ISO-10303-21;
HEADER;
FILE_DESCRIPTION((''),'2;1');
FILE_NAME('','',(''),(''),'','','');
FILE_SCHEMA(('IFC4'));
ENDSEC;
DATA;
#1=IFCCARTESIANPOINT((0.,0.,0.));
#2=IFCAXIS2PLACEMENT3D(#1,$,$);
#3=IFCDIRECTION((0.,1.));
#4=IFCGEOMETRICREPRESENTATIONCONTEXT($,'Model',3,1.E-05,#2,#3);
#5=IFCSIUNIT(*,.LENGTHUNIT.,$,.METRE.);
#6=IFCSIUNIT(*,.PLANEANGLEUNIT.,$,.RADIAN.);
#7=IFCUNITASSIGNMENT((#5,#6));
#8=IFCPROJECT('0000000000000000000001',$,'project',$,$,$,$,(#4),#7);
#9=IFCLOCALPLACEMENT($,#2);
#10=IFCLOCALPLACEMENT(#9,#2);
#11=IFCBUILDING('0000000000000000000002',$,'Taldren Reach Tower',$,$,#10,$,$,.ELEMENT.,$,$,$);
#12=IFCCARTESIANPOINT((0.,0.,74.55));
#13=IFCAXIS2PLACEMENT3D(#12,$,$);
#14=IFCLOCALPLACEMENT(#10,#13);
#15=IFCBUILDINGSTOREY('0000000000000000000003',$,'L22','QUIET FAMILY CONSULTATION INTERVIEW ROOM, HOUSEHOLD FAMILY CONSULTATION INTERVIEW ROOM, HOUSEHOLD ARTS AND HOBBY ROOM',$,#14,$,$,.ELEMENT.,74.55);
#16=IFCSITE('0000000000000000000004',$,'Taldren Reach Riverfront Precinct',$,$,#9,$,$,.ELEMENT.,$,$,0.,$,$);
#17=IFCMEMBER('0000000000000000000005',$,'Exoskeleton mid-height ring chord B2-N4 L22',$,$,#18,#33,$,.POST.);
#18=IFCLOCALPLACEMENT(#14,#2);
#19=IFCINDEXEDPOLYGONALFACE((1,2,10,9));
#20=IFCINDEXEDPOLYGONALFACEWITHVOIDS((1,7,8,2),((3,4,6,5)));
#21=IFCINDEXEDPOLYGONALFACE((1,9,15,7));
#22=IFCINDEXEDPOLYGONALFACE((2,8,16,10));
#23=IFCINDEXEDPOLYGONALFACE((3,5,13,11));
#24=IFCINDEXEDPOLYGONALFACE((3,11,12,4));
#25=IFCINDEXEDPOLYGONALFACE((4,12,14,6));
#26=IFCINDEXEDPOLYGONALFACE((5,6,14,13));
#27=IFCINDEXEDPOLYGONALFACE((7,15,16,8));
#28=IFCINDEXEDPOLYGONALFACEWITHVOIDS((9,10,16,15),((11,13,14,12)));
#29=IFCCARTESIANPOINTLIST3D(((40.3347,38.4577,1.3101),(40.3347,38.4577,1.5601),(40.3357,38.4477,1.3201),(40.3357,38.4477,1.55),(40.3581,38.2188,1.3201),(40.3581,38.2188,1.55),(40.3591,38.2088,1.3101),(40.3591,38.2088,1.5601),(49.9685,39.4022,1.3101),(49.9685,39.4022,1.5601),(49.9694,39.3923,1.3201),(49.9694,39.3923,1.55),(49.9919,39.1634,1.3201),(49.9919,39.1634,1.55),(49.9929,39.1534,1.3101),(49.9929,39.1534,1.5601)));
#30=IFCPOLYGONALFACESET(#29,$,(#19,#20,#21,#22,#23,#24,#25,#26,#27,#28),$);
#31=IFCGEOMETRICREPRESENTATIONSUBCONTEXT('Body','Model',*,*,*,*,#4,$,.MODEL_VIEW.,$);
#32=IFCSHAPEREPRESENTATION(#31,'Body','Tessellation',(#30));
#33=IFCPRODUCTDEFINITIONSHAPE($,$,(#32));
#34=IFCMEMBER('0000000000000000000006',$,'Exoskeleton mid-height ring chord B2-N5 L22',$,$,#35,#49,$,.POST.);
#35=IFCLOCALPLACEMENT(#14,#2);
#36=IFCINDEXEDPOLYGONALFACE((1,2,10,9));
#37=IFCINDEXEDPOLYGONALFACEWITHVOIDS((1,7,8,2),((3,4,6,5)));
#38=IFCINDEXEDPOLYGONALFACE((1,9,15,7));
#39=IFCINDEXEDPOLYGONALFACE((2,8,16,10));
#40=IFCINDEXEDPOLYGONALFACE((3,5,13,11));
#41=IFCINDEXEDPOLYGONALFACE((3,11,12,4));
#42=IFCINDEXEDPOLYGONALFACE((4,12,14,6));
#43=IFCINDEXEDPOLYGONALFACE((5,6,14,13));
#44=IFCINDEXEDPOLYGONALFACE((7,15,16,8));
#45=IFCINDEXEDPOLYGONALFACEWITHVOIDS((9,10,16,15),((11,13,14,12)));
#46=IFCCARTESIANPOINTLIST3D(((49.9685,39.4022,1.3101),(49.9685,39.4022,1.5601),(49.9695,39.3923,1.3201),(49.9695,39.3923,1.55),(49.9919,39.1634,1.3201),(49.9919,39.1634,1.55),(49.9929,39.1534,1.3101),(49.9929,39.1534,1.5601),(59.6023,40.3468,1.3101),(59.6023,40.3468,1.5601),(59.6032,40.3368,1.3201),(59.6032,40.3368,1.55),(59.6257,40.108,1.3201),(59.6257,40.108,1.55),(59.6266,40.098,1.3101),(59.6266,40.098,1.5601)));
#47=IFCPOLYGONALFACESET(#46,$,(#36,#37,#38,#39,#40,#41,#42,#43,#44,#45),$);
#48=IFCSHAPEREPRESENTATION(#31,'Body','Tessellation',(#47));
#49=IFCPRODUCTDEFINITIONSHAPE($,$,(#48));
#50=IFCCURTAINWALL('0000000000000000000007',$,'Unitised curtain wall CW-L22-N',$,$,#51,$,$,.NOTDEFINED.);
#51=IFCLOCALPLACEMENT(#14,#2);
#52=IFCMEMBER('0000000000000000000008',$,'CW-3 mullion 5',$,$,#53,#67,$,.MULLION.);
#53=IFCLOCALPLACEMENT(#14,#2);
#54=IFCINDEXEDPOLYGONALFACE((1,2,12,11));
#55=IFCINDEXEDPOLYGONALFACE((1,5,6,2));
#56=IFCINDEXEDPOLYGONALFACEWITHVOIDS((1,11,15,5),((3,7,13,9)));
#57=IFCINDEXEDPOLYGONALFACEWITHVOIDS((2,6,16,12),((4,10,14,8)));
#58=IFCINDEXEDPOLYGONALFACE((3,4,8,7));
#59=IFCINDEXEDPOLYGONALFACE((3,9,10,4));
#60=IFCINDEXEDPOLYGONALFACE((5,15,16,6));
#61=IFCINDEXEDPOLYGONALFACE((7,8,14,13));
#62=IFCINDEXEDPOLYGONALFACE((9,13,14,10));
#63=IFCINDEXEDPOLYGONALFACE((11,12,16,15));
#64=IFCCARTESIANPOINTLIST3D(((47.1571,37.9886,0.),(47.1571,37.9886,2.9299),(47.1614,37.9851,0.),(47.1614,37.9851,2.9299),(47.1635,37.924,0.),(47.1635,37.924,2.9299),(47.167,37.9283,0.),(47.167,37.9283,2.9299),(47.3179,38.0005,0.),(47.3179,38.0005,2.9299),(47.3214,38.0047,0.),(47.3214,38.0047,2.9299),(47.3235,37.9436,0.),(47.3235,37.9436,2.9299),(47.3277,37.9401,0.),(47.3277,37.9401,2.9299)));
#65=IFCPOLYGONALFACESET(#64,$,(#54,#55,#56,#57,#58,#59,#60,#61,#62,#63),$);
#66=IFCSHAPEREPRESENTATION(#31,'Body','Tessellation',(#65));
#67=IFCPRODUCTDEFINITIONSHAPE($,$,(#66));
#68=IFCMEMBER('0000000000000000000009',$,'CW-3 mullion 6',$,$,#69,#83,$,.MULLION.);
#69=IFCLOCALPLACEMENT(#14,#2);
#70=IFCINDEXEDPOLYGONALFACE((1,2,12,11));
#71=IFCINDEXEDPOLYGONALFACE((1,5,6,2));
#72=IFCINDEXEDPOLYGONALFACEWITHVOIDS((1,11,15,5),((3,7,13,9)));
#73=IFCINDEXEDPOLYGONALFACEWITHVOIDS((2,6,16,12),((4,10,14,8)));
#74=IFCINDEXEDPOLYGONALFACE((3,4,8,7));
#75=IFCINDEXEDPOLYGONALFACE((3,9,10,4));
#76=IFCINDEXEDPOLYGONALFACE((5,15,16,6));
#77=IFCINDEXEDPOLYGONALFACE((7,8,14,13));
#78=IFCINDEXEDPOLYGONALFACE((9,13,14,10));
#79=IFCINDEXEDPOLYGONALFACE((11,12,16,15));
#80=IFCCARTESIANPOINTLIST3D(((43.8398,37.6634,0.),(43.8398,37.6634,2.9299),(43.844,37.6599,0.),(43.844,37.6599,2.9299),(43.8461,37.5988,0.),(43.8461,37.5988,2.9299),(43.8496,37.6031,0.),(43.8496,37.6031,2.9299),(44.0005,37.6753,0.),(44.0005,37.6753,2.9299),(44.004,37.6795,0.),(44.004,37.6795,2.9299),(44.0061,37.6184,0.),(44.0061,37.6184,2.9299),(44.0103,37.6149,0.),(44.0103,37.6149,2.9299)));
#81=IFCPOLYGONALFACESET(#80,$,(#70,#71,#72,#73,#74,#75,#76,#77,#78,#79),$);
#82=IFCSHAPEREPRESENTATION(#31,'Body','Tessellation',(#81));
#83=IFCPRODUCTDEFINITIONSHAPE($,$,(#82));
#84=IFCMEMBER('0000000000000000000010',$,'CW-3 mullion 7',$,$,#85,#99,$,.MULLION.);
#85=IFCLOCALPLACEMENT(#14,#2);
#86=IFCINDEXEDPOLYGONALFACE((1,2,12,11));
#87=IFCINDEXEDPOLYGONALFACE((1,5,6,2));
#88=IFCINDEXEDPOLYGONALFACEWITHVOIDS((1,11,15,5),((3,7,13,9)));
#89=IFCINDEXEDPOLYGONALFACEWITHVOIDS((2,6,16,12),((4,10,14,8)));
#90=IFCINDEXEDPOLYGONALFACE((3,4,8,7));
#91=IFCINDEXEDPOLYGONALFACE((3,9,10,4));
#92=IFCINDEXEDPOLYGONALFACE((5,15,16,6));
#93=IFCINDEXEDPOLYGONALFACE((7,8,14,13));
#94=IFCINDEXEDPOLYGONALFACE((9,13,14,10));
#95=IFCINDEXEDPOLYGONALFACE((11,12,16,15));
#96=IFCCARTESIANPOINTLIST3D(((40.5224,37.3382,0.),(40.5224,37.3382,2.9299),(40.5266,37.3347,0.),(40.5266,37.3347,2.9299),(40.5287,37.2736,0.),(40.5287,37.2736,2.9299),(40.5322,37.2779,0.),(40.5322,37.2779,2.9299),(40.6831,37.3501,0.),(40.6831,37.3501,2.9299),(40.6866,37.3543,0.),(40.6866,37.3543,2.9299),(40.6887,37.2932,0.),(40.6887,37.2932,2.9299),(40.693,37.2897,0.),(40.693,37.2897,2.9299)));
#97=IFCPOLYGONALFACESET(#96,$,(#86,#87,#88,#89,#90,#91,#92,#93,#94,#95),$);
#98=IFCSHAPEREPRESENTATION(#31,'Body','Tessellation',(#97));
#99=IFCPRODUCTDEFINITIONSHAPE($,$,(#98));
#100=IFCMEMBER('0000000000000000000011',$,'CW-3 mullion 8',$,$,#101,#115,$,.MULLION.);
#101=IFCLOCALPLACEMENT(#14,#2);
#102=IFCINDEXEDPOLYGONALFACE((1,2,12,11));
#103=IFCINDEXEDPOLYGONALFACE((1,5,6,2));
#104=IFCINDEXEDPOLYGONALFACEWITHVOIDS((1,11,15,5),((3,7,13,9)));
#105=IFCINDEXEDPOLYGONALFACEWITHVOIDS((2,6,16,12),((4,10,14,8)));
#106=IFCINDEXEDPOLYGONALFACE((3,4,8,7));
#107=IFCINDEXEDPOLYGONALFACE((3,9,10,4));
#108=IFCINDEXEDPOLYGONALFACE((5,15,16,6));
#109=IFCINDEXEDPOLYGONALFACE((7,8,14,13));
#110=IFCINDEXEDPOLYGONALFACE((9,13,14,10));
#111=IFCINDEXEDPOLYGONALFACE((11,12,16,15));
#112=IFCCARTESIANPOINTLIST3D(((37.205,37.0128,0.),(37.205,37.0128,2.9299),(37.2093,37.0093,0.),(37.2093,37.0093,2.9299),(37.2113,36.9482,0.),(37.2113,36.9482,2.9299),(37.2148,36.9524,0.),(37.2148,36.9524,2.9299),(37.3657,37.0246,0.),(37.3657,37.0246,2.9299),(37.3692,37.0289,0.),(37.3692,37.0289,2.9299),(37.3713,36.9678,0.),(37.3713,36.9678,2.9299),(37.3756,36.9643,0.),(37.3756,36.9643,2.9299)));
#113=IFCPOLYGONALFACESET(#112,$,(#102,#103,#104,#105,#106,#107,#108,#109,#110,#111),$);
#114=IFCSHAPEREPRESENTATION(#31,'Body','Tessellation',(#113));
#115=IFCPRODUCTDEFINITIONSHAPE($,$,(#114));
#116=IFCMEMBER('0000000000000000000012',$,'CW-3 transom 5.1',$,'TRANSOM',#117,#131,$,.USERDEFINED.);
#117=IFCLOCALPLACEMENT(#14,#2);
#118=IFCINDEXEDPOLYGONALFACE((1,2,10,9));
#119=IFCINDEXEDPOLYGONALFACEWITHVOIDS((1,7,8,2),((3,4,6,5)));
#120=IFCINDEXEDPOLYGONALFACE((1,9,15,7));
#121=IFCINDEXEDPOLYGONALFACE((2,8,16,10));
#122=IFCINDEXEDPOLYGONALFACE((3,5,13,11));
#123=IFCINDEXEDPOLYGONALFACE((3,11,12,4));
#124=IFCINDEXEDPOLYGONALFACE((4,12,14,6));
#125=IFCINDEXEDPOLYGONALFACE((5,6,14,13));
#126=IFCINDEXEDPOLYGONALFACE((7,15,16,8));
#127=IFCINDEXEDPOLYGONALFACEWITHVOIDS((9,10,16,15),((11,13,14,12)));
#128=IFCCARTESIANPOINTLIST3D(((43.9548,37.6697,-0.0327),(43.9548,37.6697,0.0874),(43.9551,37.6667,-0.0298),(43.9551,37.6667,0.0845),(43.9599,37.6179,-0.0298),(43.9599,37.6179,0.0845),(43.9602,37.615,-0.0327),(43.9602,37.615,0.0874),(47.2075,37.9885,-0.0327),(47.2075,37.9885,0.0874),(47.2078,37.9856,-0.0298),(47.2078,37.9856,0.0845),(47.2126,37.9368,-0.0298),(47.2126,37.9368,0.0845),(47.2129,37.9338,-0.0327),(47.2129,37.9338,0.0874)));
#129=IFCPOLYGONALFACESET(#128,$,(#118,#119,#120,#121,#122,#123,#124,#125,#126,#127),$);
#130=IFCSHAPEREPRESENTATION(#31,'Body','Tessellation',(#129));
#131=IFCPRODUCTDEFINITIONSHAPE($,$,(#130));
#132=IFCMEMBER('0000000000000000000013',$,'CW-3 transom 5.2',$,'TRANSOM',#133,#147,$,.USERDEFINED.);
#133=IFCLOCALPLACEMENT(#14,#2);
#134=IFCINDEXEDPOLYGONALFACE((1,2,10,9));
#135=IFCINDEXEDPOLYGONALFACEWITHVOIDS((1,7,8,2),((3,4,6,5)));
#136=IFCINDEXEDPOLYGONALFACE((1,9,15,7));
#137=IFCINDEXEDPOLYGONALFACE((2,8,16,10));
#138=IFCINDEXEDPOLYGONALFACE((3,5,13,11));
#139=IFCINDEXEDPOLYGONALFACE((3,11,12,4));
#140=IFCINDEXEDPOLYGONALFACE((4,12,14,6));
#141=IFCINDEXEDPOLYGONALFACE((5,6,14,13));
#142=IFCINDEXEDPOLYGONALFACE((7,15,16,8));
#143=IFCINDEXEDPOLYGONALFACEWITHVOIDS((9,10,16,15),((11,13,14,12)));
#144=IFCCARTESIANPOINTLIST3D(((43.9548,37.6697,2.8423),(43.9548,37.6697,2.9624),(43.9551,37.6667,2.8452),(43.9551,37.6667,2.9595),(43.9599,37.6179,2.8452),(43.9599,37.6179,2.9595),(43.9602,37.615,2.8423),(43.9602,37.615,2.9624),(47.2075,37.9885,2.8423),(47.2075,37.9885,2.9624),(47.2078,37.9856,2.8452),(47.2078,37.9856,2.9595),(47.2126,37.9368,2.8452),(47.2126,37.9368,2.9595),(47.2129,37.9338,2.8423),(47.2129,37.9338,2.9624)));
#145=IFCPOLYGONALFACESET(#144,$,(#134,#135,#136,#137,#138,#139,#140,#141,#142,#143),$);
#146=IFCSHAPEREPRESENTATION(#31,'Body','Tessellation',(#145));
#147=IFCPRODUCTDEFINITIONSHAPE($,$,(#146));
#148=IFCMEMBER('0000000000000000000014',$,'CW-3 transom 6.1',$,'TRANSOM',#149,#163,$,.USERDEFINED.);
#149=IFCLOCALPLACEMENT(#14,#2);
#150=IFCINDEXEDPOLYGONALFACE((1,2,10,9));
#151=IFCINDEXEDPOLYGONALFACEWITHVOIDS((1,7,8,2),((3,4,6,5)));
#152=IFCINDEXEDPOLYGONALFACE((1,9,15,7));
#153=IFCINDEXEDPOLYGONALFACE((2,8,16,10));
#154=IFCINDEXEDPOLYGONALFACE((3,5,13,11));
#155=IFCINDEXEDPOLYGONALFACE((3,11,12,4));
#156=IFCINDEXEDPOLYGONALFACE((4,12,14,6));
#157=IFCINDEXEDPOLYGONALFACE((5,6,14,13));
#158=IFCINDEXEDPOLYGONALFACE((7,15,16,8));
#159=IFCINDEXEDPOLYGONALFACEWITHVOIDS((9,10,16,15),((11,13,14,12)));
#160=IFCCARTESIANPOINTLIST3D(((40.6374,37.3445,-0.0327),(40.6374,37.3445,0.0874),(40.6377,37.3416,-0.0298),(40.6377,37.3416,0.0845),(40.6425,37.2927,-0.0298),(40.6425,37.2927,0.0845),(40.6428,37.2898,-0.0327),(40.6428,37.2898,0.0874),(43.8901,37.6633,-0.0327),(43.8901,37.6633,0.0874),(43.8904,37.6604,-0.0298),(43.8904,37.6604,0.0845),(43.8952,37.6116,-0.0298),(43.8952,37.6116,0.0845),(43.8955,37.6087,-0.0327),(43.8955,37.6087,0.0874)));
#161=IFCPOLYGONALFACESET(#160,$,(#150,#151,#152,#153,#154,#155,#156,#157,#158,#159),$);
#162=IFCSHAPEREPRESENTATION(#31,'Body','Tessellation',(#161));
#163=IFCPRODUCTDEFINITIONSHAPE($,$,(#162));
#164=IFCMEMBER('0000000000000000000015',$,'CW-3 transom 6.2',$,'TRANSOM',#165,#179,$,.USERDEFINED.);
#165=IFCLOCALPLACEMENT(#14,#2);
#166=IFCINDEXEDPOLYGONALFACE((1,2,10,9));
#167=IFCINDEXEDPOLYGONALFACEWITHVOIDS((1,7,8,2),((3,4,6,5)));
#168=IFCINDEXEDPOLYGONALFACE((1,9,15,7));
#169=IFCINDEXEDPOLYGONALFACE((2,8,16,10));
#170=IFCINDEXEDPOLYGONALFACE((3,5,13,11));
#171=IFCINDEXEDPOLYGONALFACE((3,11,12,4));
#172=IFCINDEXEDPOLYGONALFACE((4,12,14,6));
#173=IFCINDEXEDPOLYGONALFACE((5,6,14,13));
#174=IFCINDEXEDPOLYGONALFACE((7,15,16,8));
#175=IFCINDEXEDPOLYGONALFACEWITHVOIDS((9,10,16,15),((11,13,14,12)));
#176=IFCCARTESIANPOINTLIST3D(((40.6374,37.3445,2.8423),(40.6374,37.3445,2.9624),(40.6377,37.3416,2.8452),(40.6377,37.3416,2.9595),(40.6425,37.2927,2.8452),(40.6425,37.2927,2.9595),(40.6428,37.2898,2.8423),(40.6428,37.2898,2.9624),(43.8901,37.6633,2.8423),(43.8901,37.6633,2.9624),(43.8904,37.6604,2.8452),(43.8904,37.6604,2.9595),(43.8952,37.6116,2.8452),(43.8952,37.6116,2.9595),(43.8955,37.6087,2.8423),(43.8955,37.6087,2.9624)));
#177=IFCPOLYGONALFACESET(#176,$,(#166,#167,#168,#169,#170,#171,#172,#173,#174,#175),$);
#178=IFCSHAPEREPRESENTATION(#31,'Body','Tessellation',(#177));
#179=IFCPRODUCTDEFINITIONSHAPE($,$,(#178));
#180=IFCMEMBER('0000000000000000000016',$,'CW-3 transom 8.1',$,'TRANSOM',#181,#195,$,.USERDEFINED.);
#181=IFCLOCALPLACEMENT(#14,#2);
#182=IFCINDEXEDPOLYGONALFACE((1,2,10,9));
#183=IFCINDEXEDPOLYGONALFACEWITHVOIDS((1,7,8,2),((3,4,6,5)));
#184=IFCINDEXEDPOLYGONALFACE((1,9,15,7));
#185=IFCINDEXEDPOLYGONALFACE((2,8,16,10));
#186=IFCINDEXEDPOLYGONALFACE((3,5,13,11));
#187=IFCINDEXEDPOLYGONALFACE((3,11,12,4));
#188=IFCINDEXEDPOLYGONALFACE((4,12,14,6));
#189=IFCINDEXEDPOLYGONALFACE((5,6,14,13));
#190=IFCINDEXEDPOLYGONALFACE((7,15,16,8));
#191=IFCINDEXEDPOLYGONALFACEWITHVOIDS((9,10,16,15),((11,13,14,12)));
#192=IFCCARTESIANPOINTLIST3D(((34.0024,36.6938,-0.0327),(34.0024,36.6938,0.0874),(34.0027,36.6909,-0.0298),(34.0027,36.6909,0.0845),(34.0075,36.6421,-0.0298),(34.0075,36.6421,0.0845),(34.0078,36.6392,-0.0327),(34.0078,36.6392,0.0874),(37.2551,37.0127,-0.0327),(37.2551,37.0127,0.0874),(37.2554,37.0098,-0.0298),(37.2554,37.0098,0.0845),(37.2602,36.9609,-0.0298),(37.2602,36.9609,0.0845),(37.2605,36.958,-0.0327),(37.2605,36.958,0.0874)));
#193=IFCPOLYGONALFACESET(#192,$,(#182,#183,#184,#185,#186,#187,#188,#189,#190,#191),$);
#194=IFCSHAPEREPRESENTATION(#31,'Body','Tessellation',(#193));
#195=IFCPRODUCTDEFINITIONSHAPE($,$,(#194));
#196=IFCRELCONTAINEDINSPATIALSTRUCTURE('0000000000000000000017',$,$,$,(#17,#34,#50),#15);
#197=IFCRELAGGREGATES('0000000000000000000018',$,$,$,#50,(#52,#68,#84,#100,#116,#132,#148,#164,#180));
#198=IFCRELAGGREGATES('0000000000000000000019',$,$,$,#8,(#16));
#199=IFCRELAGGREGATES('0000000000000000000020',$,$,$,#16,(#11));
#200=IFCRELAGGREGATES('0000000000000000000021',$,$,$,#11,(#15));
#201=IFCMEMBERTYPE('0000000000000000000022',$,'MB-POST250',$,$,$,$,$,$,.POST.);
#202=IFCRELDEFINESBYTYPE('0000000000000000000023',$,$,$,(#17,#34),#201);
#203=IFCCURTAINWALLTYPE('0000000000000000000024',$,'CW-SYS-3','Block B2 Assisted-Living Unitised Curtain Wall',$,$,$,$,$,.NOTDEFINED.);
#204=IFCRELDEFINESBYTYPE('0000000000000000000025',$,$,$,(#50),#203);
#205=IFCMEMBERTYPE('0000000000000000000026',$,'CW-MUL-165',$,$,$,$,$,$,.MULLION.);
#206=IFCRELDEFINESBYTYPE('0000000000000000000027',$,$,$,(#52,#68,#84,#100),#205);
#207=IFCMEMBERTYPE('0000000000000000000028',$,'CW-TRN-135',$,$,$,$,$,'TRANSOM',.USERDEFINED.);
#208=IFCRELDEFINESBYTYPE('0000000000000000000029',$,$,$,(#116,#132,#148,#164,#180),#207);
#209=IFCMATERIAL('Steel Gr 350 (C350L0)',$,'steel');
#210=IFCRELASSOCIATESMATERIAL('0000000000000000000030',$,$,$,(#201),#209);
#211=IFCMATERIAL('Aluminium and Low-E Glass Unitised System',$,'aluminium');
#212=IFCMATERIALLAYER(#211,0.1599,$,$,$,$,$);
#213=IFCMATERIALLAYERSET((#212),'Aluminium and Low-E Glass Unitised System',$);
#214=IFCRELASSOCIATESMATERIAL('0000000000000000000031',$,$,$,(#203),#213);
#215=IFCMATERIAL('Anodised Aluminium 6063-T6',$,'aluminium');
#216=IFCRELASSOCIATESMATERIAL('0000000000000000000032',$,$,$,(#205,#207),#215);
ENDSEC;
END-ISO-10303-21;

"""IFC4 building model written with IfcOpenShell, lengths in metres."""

from ifc_helpers import new_model, si_unit, direction, frame, origin, origin_2d, place, context, subcontext, project, spatial, hollow_rectangle, extrude, source, transform, mapped, material, layer, layer_set, material_profile, profile_set, type_object, element, aggregate, save


model = new_model("IFC4")

# Units and contexts
model_context = context("Model", 3, precision=1e-05, world=origin(), true_north=direction((0.0, 1.0)))
body_context = subcontext(model_context, "Body", "Model", "MODEL_VIEW")
ifc_project = project(units=[si_unit("LENGTHUNIT", "METRE"), si_unit("PLANEANGLEUNIT", "RADIAN")], contexts=[model_context])

# Site, building, storey
site_placement = place(None, origin())
site = spatial("IfcSite", under=ifc_project, at=site_placement, Name="Taldren Reach Riverfront Precinct", CompositionType="ELEMENT", RefElevation=0.0)
building_placement = place(site_placement, origin())
building = spatial("IfcBuilding", under=site, at=building_placement, Name="Taldren Reach Tower", CompositionType="ELEMENT")
storey_placement = place(building_placement, frame((0.0, 0.0, 74.55)))
storey = spatial("IfcBuildingStorey", under=building, at=storey_placement, Name="L22", Description="QUIET FAMILY CONSULTATION INTERVIEW ROOM, HOUSEHOLD FAMILY CONSULTATION INTERVIEW ROOM, HOUSEHOLD ARTS AND HOBBY ROOM", CompositionType="ELEMENT", Elevation=74.55)

# Shared definitions
ifc_material_1 = material(Name="Steel Gr 350 (C350L0)", Category="steel")
ifc_material_profile_1 = material_profile(ifc_material_1, hollow_rectangle(XDim=0.25, YDim=0.25, WallThickness=0.01, at=origin_2d()), Name="250x250x10.0SHS")
ifc_profile_set_1 = profile_set([ifc_material_profile_1], Name="Steel Gr 350 (C350L0)")
member_type_1 = type_object("IfcMemberType", Name="MB-POST250", PredefinedType="POST", material=ifc_profile_set_1)

# Members
shared_shape_1 = source(origin(), body_context, "Body", "SweptSolid", [
    extrude(hollow_rectangle(XDim=0.25, YDim=0.25, WallThickness=0.01, at=origin_2d()), origin(), (0.0, 0.0, 1.0), 9.6799),
])
for number, where, z_axis, x_axis, name in (
    (1, (40.3469, 38.3333, 1.4351), (0.995228, 0.097581, 0.0), (-0.097581, 0.995228, 0.0), "Exoskeleton mid-height ring chord B2-N4 L22"),
    (2, (49.9807, 39.2778, 1.4351), (0.995228, 0.097581, 0.0), (-0.097581, 0.995228, 0.0), "Exoskeleton mid-height ring chord B2-N5 L22"),
):
    element("IfcMember", number, at=place(storey_placement, frame(where, z_axis=z_axis, x_axis=x_axis)), inside=storey, type_object=member_type_1, Name=name, PredefinedType="POST", context=body_context, shape_type="MappedRepresentation", body=[
        mapped(shared_shape_1, transform((0.0, 0.0, 0.0), scale=1.0)),
    ])

# Curtain wall, members
ifc_material_2 = material(Name="Aluminium and Low-E Glass Unitised System", Category="aluminium")
ifc_layer_1 = layer(ifc_material_2, 0.1599)
ifc_layer_set_1 = layer_set([ifc_layer_1], Name="Aluminium and Low-E Glass Unitised System")
curtain_wall_type = type_object("IfcCurtainWallType", Name="CW-SYS-3", Description="Block B2 Assisted-Living Unitised Curtain Wall", PredefinedType="NOTDEFINED", material=ifc_layer_set_1)
curtain_wall_placement = place(storey_placement, origin())
curtain_wall = element("IfcCurtainWall", 3, at=curtain_wall_placement, inside=storey, type_object=curtain_wall_type, Name="Unitised curtain wall CW-L22-N", PredefinedType="NOTDEFINED")
ifc_material_3 = material(Name="Anodised Aluminium 6063-T6", Category="aluminium")
ifc_material_profile_2 = material_profile(ifc_material_3, hollow_rectangle(XDim=0.0649, YDim=0.165, WallThickness=0.0039, at=origin_2d()), Name="ALU-165x65x4RHS")
ifc_profile_set_2 = profile_set([ifc_material_profile_2], Name="Anodised Aluminium 6063-T6")
member_type_2 = type_object("IfcMemberType", Name="CW-MUL-165", PredefinedType="MULLION", material=ifc_profile_set_2)
shared_shape_2 = source(origin(), body_context, "Body", "SweptSolid", [
    extrude(hollow_rectangle(XDim=0.0649, YDim=0.165, WallThickness=0.0039, at=origin_2d()), origin(), (0.0, 0.0, 1.0), 2.9299),
])
member_1_placement = place(storey_placement, frame((47.2424, 37.9644, 0.0), z_axis=(0.0, 0.0, 1.0), x_axis=(0.097583, -0.995227, 0.0)))
member_1 = element("IfcMember", 4, at=member_1_placement, type_object=member_type_2, Name="CW-3 mullion 5", PredefinedType="MULLION", context=body_context, shape_type="MappedRepresentation", body=[
    mapped(shared_shape_2, transform((0.0, 0.0, 0.0), scale=1.0)),
])
member_2_placement = place(storey_placement, frame((43.925, 37.6392, 0.0), z_axis=(0.0, 0.0, 1.0), x_axis=(0.097583, -0.995227, 0.0)))
member_2 = element("IfcMember", 5, at=member_2_placement, type_object=member_type_2, Name="CW-3 mullion 6", PredefinedType="MULLION", context=body_context, shape_type="MappedRepresentation", body=[
    mapped(shared_shape_2, transform((0.0, 0.0, 0.0), scale=1.0)),
])
member_3_placement = place(storey_placement, frame((40.6077, 37.314, 0.0), z_axis=(0.0, 0.0, 1.0), x_axis=(0.097583, -0.995227, 0.0)))
member_3 = element("IfcMember", 6, at=member_3_placement, type_object=member_type_2, Name="CW-3 mullion 7", PredefinedType="MULLION", context=body_context, shape_type="MappedRepresentation", body=[
    mapped(shared_shape_2, transform((0.0, 0.0, 0.0), scale=1.0)),
])
member_4_placement = place(storey_placement, frame((37.2903, 36.9885, 0.0), z_axis=(0.0, 0.0, 1.0), x_axis=(0.097583, -0.995227, 0.0)))
member_4 = element("IfcMember", 7, at=member_4_placement, type_object=member_type_2, Name="CW-3 mullion 8", PredefinedType="MULLION", context=body_context, shape_type="MappedRepresentation", body=[
    mapped(shared_shape_2, transform((0.0, 0.0, 0.0), scale=1.0)),
])
ifc_material_profile_3 = material_profile(ifc_material_3, hollow_rectangle(XDim=0.0549, YDim=0.1201, WallThickness=0.0029, at=origin_2d()), Name="ALU-120x55x3RHS")
ifc_profile_set_3 = profile_set([ifc_material_profile_3], Name="Anodised Aluminium 6063-T6")
member_type_3 = type_object("IfcMemberType", Name="CW-TRN-135", ElementType="TRANSOM", PredefinedType="USERDEFINED", material=ifc_profile_set_3)
shared_shape_3 = source(origin(), body_context, "Body", "SweptSolid", [
    extrude(hollow_rectangle(XDim=0.0549, YDim=0.1201, WallThickness=0.0029, at=origin_2d()), origin(), (0.0, 0.0, 1.0), 3.2683),
])
member_5_placement = place(storey_placement, frame((47.2102, 37.9612, 0.0273), z_axis=(-0.99523, -0.097558, 0.0), x_axis=(0.097558, -0.99523, 0.0)))
member_5 = element("IfcMember", 8, at=member_5_placement, type_object=member_type_3, Name="CW-3 transom 5.1", ObjectType="TRANSOM", PredefinedType="USERDEFINED", context=body_context, shape_type="MappedRepresentation", body=[
    mapped(shared_shape_3, transform((0.0, 0.0, 0.0), scale=1.0)),
])
member_6_placement = place(storey_placement, frame((47.2102, 37.9612, 2.9023), z_axis=(-0.99523, -0.097558, 0.0), x_axis=(0.097558, -0.99523, 0.0)))
member_6 = element("IfcMember", 9, at=member_6_placement, type_object=member_type_3, Name="CW-3 transom 5.2", ObjectType="TRANSOM", PredefinedType="USERDEFINED", context=body_context, shape_type="MappedRepresentation", body=[
    mapped(shared_shape_3, transform((0.0, 0.0, 0.0), scale=1.0)),
])
member_7_placement = place(storey_placement, frame((43.8928, 37.636, 0.0273), z_axis=(-0.99523, -0.097558, 0.0), x_axis=(0.097558, -0.99523, 0.0)))
member_7 = element("IfcMember", 10, at=member_7_placement, type_object=member_type_3, Name="CW-3 transom 6.1", ObjectType="TRANSOM", PredefinedType="USERDEFINED", context=body_context, shape_type="MappedRepresentation", body=[
    mapped(shared_shape_3, transform((0.0, 0.0, 0.0), scale=1.0)),
])
member_8_placement = place(storey_placement, frame((43.8928, 37.636, 2.9023), z_axis=(-0.99523, -0.097558, 0.0), x_axis=(0.097558, -0.99523, 0.0)))
member_8 = element("IfcMember", 11, at=member_8_placement, type_object=member_type_3, Name="CW-3 transom 6.2", ObjectType="TRANSOM", PredefinedType="USERDEFINED", context=body_context, shape_type="MappedRepresentation", body=[
    mapped(shared_shape_3, transform((0.0, 0.0, 0.0), scale=1.0)),
])
member_9_placement = place(storey_placement, frame((37.2578, 36.9854, 0.0273), z_axis=(-0.99523, -0.097558, 0.0), x_axis=(0.097558, -0.99523, 0.0)))
member_9 = element("IfcMember", 12, at=member_9_placement, type_object=member_type_3, Name="CW-3 transom 8.1", ObjectType="TRANSOM", PredefinedType="USERDEFINED", context=body_context, shape_type="MappedRepresentation", body=[
    mapped(shared_shape_3, transform((0.0, 0.0, 0.0), scale=1.0)),
])

aggregate(curtain_wall, [member_1, member_2, member_3, member_4, member_5, member_6, member_7, member_8, member_9])

save(model, "model.ifc")
